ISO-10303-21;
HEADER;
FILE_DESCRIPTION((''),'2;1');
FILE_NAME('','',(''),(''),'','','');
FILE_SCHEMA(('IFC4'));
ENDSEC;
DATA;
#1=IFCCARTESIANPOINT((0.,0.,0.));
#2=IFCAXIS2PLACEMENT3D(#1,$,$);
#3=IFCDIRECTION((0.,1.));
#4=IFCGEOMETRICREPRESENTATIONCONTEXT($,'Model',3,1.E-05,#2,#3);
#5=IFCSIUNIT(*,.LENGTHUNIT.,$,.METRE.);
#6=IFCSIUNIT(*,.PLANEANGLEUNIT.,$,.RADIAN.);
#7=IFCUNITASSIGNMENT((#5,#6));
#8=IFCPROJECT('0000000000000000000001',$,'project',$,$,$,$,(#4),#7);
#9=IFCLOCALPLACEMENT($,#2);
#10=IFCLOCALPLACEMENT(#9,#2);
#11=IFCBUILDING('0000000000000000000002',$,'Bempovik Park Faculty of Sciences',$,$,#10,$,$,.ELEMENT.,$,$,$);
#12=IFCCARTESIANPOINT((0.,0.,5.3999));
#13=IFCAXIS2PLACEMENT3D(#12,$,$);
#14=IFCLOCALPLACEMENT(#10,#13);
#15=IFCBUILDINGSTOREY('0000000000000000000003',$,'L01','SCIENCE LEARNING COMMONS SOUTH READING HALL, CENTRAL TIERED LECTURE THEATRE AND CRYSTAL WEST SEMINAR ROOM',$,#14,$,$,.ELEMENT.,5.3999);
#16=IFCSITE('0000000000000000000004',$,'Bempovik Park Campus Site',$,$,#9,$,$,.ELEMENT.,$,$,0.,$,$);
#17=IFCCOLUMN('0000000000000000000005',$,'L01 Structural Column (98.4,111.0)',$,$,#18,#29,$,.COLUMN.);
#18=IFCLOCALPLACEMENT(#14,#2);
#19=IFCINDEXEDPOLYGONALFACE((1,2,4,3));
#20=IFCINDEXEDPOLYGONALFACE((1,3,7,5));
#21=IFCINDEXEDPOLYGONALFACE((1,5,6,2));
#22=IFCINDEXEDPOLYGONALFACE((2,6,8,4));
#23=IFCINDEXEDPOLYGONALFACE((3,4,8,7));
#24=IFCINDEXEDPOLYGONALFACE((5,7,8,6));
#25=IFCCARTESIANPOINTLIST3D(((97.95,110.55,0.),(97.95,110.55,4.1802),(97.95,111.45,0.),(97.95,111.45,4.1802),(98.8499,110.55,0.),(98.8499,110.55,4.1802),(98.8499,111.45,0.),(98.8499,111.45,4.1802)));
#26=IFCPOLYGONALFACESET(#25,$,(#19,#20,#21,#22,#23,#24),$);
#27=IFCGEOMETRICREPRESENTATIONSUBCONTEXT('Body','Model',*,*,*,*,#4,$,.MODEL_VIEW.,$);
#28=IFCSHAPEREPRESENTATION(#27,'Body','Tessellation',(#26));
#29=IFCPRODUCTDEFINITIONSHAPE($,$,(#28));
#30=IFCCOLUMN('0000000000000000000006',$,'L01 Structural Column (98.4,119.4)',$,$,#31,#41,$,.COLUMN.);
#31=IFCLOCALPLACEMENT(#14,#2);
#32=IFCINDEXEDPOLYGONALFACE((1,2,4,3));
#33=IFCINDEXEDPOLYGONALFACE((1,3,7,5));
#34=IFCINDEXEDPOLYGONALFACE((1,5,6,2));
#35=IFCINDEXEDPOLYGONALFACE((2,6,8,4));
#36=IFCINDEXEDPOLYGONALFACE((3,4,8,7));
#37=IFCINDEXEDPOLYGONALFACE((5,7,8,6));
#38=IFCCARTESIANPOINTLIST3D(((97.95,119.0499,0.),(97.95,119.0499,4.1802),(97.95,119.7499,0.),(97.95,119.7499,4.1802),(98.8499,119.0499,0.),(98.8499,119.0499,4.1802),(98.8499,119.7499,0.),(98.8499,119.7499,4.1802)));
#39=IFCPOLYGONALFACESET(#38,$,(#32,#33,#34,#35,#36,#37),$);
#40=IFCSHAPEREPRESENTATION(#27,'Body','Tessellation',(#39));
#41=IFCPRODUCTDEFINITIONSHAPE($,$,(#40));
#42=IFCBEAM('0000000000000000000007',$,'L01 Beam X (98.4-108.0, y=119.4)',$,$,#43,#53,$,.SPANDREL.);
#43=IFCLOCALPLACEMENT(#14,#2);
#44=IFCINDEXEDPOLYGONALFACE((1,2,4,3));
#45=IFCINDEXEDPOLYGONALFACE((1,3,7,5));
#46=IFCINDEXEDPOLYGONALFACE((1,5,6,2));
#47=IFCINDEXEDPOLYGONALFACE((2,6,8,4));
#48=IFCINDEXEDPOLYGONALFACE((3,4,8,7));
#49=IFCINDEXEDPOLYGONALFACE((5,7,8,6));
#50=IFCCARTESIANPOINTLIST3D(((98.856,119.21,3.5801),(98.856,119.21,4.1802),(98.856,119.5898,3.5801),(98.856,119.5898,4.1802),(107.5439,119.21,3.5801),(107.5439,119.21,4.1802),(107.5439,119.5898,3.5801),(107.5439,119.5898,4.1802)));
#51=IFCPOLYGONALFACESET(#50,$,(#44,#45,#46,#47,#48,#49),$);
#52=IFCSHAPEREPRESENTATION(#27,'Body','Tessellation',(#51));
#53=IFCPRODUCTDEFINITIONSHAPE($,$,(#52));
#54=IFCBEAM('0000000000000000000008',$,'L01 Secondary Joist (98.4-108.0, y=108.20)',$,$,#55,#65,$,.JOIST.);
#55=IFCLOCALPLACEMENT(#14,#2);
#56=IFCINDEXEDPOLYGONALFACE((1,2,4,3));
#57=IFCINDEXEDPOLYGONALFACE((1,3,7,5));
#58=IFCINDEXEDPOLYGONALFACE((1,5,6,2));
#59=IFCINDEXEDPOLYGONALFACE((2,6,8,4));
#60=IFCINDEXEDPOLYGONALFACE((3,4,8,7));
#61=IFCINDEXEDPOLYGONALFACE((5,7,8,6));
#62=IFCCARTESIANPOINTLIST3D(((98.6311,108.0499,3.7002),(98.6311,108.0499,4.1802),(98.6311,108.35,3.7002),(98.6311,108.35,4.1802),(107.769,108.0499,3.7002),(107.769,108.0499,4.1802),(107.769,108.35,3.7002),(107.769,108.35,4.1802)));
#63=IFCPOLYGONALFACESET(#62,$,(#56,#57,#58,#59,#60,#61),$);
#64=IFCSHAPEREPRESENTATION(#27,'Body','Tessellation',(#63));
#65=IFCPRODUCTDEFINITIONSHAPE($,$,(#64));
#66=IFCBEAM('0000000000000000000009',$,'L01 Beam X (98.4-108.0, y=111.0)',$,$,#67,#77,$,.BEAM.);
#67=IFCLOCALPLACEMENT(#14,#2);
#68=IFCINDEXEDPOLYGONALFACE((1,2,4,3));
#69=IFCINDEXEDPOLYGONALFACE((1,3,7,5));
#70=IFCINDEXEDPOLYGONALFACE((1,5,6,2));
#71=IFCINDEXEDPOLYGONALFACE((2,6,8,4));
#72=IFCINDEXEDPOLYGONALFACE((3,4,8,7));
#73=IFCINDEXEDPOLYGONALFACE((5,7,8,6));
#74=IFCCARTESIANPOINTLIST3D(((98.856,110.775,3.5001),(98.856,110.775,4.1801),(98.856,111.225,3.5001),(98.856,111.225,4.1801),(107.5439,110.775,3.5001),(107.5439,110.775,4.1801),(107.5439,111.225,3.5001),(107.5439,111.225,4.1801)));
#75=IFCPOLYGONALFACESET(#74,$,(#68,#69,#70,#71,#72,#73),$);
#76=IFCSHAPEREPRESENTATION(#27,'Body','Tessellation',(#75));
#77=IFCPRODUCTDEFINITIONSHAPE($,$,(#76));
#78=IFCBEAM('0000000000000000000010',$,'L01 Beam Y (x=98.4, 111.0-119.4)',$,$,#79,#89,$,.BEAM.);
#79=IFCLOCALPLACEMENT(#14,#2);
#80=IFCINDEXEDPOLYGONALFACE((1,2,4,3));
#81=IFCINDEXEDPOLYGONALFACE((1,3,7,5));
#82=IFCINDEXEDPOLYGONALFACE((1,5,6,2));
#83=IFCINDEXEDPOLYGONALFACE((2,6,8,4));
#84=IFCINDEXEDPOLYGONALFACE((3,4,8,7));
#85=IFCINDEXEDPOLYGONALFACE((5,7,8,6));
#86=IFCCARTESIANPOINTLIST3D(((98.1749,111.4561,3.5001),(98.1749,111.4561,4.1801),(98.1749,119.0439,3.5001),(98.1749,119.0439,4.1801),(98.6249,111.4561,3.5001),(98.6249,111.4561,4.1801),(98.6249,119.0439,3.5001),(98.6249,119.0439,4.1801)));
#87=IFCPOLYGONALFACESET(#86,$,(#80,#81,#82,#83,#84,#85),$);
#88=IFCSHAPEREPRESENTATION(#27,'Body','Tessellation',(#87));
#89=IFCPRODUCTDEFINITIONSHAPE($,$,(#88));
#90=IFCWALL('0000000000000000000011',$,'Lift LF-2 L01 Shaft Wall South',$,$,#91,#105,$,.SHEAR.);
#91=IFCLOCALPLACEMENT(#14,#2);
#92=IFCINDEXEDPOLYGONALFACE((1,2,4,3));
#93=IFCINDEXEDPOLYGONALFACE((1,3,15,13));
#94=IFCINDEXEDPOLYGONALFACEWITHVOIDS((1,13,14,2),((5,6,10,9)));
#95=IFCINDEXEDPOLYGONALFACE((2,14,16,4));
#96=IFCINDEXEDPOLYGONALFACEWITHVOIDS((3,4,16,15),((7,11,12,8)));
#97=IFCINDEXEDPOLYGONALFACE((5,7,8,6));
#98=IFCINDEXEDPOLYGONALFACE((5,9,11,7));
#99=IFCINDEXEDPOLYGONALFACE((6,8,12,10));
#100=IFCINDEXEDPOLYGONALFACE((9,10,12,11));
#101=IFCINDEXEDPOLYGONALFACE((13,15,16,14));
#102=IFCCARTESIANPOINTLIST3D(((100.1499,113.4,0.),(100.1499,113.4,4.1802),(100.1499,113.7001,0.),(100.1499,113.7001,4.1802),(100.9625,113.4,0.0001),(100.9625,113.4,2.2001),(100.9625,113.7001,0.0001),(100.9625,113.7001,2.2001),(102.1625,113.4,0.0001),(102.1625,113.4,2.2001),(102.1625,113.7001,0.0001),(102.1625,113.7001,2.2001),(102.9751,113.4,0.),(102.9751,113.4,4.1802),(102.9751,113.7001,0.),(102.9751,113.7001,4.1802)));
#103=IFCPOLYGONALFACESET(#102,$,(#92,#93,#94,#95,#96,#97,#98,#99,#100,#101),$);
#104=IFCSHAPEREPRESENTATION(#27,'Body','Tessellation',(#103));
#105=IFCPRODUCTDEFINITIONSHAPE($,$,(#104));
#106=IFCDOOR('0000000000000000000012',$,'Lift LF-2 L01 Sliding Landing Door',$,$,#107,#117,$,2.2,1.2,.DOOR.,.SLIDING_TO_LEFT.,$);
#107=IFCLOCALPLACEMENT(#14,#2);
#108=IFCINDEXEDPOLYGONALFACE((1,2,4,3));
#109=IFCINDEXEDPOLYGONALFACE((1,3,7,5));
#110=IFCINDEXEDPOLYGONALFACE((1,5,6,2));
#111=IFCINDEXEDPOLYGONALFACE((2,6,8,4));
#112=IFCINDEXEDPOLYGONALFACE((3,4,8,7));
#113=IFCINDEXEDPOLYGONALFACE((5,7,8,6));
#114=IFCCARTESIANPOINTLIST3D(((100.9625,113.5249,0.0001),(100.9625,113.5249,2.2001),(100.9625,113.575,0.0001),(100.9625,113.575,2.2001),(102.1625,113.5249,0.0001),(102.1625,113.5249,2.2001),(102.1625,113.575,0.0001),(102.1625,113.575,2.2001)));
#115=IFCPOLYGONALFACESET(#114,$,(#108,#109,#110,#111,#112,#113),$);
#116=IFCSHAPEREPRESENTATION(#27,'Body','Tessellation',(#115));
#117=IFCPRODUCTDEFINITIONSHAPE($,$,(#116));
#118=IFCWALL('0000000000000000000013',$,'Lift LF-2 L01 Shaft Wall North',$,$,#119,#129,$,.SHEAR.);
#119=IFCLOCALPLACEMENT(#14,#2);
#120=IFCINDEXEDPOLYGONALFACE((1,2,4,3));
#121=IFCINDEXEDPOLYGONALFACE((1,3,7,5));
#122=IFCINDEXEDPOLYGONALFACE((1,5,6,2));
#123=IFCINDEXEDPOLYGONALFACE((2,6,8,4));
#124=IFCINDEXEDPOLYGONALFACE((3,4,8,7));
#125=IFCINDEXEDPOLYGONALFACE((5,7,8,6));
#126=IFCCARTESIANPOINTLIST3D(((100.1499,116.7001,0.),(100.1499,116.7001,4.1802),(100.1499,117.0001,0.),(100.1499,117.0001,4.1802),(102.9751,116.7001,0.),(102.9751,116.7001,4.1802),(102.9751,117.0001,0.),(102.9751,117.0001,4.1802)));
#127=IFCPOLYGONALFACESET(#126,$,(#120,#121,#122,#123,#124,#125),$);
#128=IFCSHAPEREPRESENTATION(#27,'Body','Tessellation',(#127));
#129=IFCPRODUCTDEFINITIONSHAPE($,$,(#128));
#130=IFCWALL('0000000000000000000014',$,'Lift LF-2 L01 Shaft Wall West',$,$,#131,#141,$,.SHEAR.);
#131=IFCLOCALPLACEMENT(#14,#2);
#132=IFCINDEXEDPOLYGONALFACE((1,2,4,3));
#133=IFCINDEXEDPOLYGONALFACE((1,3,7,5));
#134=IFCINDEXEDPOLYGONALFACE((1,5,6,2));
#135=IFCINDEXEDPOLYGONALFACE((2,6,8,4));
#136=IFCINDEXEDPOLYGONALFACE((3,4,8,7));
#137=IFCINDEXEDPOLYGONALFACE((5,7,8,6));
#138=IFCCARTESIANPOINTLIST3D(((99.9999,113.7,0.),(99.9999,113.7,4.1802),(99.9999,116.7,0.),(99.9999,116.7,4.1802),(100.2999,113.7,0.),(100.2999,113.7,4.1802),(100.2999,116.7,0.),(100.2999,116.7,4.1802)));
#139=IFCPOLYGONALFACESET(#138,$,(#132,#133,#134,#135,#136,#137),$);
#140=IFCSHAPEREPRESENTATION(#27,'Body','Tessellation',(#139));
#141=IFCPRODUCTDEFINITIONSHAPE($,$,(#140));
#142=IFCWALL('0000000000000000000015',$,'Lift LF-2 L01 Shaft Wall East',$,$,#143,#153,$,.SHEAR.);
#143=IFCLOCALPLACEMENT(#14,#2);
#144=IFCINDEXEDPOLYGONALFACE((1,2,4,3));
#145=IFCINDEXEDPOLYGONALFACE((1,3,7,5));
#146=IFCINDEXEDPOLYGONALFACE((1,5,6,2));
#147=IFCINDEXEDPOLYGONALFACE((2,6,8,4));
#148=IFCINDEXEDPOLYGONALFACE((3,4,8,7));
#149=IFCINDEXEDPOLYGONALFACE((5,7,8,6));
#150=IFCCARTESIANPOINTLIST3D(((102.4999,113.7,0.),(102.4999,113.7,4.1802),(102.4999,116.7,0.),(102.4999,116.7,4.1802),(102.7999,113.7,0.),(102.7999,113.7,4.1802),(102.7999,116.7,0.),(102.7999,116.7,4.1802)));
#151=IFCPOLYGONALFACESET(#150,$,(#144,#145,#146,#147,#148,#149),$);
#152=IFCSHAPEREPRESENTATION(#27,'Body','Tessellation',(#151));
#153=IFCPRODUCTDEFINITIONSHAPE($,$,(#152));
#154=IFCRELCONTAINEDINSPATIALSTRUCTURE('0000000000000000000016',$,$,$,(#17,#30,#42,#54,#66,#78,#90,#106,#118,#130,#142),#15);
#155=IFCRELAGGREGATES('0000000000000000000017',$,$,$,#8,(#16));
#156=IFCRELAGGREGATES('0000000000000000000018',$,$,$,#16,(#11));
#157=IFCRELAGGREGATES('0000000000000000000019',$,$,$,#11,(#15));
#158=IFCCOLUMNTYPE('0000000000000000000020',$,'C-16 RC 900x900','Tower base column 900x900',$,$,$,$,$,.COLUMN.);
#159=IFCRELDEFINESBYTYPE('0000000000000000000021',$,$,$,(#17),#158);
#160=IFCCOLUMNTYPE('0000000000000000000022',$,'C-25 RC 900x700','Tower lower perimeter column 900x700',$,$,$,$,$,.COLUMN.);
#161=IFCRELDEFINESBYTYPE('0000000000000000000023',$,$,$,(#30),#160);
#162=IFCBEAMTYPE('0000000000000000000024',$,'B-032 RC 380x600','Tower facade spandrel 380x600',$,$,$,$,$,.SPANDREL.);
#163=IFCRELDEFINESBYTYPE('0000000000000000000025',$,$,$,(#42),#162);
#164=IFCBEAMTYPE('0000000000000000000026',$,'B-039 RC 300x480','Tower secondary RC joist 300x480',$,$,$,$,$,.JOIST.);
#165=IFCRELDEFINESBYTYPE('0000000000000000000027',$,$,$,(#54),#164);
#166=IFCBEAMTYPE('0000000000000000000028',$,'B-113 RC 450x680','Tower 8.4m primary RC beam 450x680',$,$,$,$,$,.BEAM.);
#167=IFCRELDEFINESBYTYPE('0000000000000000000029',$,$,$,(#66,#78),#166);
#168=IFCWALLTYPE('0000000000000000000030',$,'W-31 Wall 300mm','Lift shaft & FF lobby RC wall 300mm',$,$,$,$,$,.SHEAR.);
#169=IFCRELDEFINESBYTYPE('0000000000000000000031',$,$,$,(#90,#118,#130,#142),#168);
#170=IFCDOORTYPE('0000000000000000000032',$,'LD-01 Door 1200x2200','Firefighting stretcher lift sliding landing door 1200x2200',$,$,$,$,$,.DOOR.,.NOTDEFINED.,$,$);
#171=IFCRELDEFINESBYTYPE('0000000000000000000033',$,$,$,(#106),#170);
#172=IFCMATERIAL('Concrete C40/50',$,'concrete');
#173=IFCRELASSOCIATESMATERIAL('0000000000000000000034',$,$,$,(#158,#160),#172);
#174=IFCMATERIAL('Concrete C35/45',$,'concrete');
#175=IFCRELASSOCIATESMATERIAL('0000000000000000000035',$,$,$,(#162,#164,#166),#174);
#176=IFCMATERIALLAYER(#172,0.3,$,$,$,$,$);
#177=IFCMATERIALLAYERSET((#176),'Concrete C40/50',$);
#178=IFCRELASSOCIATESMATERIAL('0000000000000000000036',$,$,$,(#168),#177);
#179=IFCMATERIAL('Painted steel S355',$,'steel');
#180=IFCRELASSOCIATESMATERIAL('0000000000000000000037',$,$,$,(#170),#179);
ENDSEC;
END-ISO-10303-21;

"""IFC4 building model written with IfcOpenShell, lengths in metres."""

from ifc_helpers import new_model, si_unit, direction, frame, frame_2d, origin, origin_2d, place, context, subcontext, project, spatial, rectangle, extrude, material, layer, layer_set, material_profile, profile_set, type_object, element, fill, save


model = new_model("IFC4")

# Units and contexts
model_context = context("Model", 3, precision=1e-05, world=origin(), true_north=direction((0.0, 1.0)))
body_context = subcontext(model_context, "Body", "Model", "MODEL_VIEW")
ifc_project = project(units=[si_unit("LENGTHUNIT", "METRE"), si_unit("PLANEANGLEUNIT", "RADIAN")], contexts=[model_context])

# Site, building, storey
site_placement = place(None, origin())
site = spatial("IfcSite", under=ifc_project, at=site_placement, Name="Bempovik Park Campus Site", CompositionType="ELEMENT", RefElevation=0.0)
building_placement = place(site_placement, origin())
building = spatial("IfcBuilding", under=site, at=building_placement, Name="Bempovik Park Faculty of Sciences", CompositionType="ELEMENT")
storey_placement = place(building_placement, frame((0.0, 0.0, 5.3999)))
storey = spatial("IfcBuildingStorey", under=building, at=storey_placement, Name="L01", Description="SCIENCE LEARNING COMMONS SOUTH READING HALL, CENTRAL TIERED LECTURE THEATRE AND CRYSTAL WEST SEMINAR ROOM", CompositionType="ELEMENT", Elevation=5.3999)

# Columns
ifc_material_1 = material(Name="Concrete C40/50", Category="concrete")
ifc_material_profile_1 = material_profile(ifc_material_1, rectangle(XDim=0.8999, YDim=0.8999, at=origin_2d()), Name="RC 900x900")
ifc_profile_set_1 = profile_set([ifc_material_profile_1], Name="Concrete C40/50")
column_type_1 = type_object("IfcColumnType", Name="C-16 RC 900x900", Description="Tower base column 900x900", PredefinedType="COLUMN", material=ifc_profile_set_1)
column_1_placement = place(storey_placement, frame((98.3999, 111.0, 0.0), z_axis=(0.0, 0.0, 1.0), x_axis=(1.0, 0.0, 0.0)))
element("IfcColumn", 1, at=column_1_placement, inside=storey, type_object=column_type_1, Name="L01 Structural Column (98.4,111.0)", PredefinedType="COLUMN", context=body_context, shape_type="SweptSolid", body=[
    extrude(rectangle(XDim=0.8999, YDim=0.8999, at=origin_2d()), origin(), (0.0, 0.0, 1.0), 4.1802),
])
ifc_material_profile_2 = material_profile(ifc_material_1, rectangle(XDim=0.8999, YDim=0.7, at=origin_2d()), Name="RC 900x700")
ifc_profile_set_2 = profile_set([ifc_material_profile_2], Name="Concrete C40/50")
column_type_2 = type_object("IfcColumnType", Name="C-25 RC 900x700", Description="Tower lower perimeter column 900x700", PredefinedType="COLUMN", material=ifc_profile_set_2)
column_2_placement = place(storey_placement, frame((98.3999, 119.3999, 0.0), z_axis=(0.0, 0.0, 1.0), x_axis=(1.0, 0.0, 0.0)))
element("IfcColumn", 2, at=column_2_placement, inside=storey, type_object=column_type_2, Name="L01 Structural Column (98.4,119.4)", PredefinedType="COLUMN", context=body_context, shape_type="SweptSolid", body=[
    extrude(rectangle(XDim=0.8999, YDim=0.7, at=origin_2d()), origin(), (0.0, 0.0, 1.0), 4.1802),
])

# Beams
ifc_material_2 = material(Name="Concrete C35/45", Category="concrete")
ifc_material_profile_3 = material_profile(ifc_material_2, rectangle(XDim=0.3799, YDim=0.6001, at=origin_2d()), Name="RC 380x600")
ifc_profile_set_3 = profile_set([ifc_material_profile_3], Name="Concrete C35/45")
beam_type_1 = type_object("IfcBeamType", Name="B-032 RC 380x600", Description="Tower facade spandrel 380x600", PredefinedType="SPANDREL", material=ifc_profile_set_3)
beam_1_placement = place(storey_placement, frame((98.856, 119.3999, 3.8801), z_axis=(1.0, 0.0, 0.0), x_axis=(0.0, 1.0, 0.0)))
element("IfcBeam", 3, at=beam_1_placement, inside=storey, type_object=beam_type_1, Name="L01 Beam X (98.4-108.0, y=119.4)", PredefinedType="SPANDREL", context=body_context, shape_type="SweptSolid", body=[
    extrude(rectangle(XDim=0.3799, YDim=0.6001, at=origin_2d()), origin(), (0.0, 0.0, 1.0), 8.688),
])
ifc_material_profile_4 = material_profile(ifc_material_2, rectangle(XDim=0.3, YDim=0.48, at=origin_2d()), Name="RC 300x480")
ifc_profile_set_4 = profile_set([ifc_material_profile_4], Name="Concrete C35/45")
beam_type_2 = type_object("IfcBeamType", Name="B-039 RC 300x480", Description="Tower secondary RC joist 300x480", PredefinedType="JOIST", material=ifc_profile_set_4)
beam_2_placement = place(storey_placement, frame((98.6311, 108.2, 3.9402), z_axis=(1.0, 0.0, 0.0), x_axis=(0.0, 1.0, 0.0)))
element("IfcBeam", 4, at=beam_2_placement, inside=storey, type_object=beam_type_2, Name="L01 Secondary Joist (98.4-108.0, y=108.20)", PredefinedType="JOIST", context=body_context, shape_type="SweptSolid", body=[
    extrude(rectangle(XDim=0.3, YDim=0.48, at=origin_2d()), origin(), (0.0, 0.0, 1.0), 9.1379),
])
ifc_material_profile_5 = material_profile(ifc_material_2, rectangle(XDim=0.45, YDim=0.6799, at=origin_2d()), Name="RC 450x680")
ifc_profile_set_5 = profile_set([ifc_material_profile_5], Name="Concrete C35/45")
beam_type_3 = type_object("IfcBeamType", Name="B-113 RC 450x680", Description="Tower 8.4m primary RC beam 450x680", PredefinedType="BEAM", material=ifc_profile_set_5)
beam_3_placement = place(storey_placement, frame((98.856, 111.0, 3.8401), z_axis=(1.0, 0.0, 0.0), x_axis=(0.0, 1.0, 0.0)))
element("IfcBeam", 5, at=beam_3_placement, inside=storey, type_object=beam_type_3, Name="L01 Beam X (98.4-108.0, y=111.0)", PredefinedType="BEAM", context=body_context, shape_type="SweptSolid", body=[
    extrude(rectangle(XDim=0.45, YDim=0.6799, at=origin_2d()), origin(), (0.0, 0.0, 1.0), 8.688),
])
beam_4_placement = place(storey_placement, frame((98.3999, 111.4561, 3.8401), z_axis=(0.0, 1.0, 0.0), x_axis=(-1.0, 0.0, 0.0)))
element("IfcBeam", 6, at=beam_4_placement, inside=storey, type_object=beam_type_3, Name="L01 Beam Y (x=98.4, 111.0-119.4)", PredefinedType="BEAM", context=body_context, shape_type="SweptSolid", body=[
    extrude(rectangle(XDim=0.45, YDim=0.6799, at=origin_2d()), origin(), (0.0, 0.0, 1.0), 7.5879),
])

# Wall, opening, door
ifc_layer_1 = layer(ifc_material_1, 0.3)
ifc_layer_set_1 = layer_set([ifc_layer_1], Name="Concrete C40/50")
wall_type_1 = type_object("IfcWallType", Name="W-31 Wall 300mm", Description="Lift shaft & FF lobby RC wall 300mm", PredefinedType="SHEAR", material=ifc_layer_set_1)
wall_1_placement = place(storey_placement, frame((100.1499, 113.55, 0.0), z_axis=(0.0, 0.0, 1.0), x_axis=(1.0, 0.0, 0.0)))
wall_1 = element("IfcWall", 7, at=wall_1_placement, inside=storey, type_object=wall_type_1, Name="Lift LF-2 L01 Shaft Wall South", PredefinedType="SHEAR", context=body_context, shape_type="SweptSolid", body=[
    extrude(rectangle(XDim=2.8252, YDim=0.3, at=frame_2d((1.4126, 0.0))), origin(), (0.0, 0.0, 1.0), 4.1802),
])
opening_1_placement = place(wall_1_placement, frame((0.8125, 0.0, 0.0)))
opening_1 = element("IfcOpeningElement", 8, at=opening_1_placement, cuts=wall_1, PredefinedType="OPENING", context=body_context, shape_type="SweptSolid", body=[
    extrude(rectangle(XDim=1.2, YDim=2.2, at=frame_2d((0.6001, 1.1001))), frame((0.0, 0.1602, 0.0), z_axis=(0.0, -1.0, 0.0), x_axis=(1.0, 0.0, 0.0)), (0.0, 0.0, 1.0), 0.3201),
])
ifc_material_3 = material(Name="Painted steel S355", Category="steel")
door_type_1 = type_object("IfcDoorType", Name="LD-01 Door 1200x2200", Description="Firefighting stretcher lift sliding landing door 1200x2200", OperationType="NOTDEFINED", PredefinedType="DOOR", material=ifc_material_3)
door_1_placement = place(opening_1_placement, origin())
door_1 = element("IfcDoor", 9, at=door_1_placement, inside=storey, type_object=door_type_1, Name="Lift LF-2 L01 Sliding Landing Door", OperationType="SLIDING_TO_LEFT", OverallHeight=2.2, OverallWidth=1.2, PredefinedType="DOOR", context=body_context, shape_type="SweptSolid", body=[
    extrude(rectangle(XDim=1.2, YDim=2.2, at=frame_2d((0.6001, 1.1001))), frame((0.0, 0.0249, 0.0), z_axis=(0.0, -1.0, 0.0), x_axis=(1.0, 0.0, 0.0)), (0.0, 0.0, 1.0), 0.05),
])
fill(opening_1, door_1)

# Walls
wall_2_placement = place(storey_placement, frame((100.1499, 116.8501, 0.0), z_axis=(0.0, 0.0, 1.0), x_axis=(1.0, 0.0, 0.0)))
element("IfcWall", 10, at=wall_2_placement, inside=storey, type_object=wall_type_1, Name="Lift LF-2 L01 Shaft Wall North", PredefinedType="SHEAR", context=body_context, shape_type="SweptSolid", body=[
    extrude(rectangle(XDim=2.8252, YDim=0.3, at=frame_2d((1.4126, 0.0))), origin(), (0.0, 0.0, 1.0), 4.1802),
])
for number, where, z_axis, x_axis, name in (
    (11, (100.1499, 113.7, 0.0), (0.0, 0.0, 1.0), (0.0, 1.0, 0.0), "Lift LF-2 L01 Shaft Wall West"),
    (12, (102.6499, 113.7, 0.0), (0.0, 0.0, 1.0), (0.0, 1.0, 0.0), "Lift LF-2 L01 Shaft Wall East"),
):
    element("IfcWall", number, at=place(storey_placement, frame(where, z_axis=z_axis, x_axis=x_axis)), inside=storey, type_object=wall_type_1, Name=name, PredefinedType="SHEAR", context=body_context, shape_type="SweptSolid", body=[
        extrude(rectangle(XDim=3.0, YDim=0.3, at=frame_2d((1.5, 0.0))), origin(), (0.0, 0.0, 1.0), 4.1802),
    ])

save(model, "model.ifc")
